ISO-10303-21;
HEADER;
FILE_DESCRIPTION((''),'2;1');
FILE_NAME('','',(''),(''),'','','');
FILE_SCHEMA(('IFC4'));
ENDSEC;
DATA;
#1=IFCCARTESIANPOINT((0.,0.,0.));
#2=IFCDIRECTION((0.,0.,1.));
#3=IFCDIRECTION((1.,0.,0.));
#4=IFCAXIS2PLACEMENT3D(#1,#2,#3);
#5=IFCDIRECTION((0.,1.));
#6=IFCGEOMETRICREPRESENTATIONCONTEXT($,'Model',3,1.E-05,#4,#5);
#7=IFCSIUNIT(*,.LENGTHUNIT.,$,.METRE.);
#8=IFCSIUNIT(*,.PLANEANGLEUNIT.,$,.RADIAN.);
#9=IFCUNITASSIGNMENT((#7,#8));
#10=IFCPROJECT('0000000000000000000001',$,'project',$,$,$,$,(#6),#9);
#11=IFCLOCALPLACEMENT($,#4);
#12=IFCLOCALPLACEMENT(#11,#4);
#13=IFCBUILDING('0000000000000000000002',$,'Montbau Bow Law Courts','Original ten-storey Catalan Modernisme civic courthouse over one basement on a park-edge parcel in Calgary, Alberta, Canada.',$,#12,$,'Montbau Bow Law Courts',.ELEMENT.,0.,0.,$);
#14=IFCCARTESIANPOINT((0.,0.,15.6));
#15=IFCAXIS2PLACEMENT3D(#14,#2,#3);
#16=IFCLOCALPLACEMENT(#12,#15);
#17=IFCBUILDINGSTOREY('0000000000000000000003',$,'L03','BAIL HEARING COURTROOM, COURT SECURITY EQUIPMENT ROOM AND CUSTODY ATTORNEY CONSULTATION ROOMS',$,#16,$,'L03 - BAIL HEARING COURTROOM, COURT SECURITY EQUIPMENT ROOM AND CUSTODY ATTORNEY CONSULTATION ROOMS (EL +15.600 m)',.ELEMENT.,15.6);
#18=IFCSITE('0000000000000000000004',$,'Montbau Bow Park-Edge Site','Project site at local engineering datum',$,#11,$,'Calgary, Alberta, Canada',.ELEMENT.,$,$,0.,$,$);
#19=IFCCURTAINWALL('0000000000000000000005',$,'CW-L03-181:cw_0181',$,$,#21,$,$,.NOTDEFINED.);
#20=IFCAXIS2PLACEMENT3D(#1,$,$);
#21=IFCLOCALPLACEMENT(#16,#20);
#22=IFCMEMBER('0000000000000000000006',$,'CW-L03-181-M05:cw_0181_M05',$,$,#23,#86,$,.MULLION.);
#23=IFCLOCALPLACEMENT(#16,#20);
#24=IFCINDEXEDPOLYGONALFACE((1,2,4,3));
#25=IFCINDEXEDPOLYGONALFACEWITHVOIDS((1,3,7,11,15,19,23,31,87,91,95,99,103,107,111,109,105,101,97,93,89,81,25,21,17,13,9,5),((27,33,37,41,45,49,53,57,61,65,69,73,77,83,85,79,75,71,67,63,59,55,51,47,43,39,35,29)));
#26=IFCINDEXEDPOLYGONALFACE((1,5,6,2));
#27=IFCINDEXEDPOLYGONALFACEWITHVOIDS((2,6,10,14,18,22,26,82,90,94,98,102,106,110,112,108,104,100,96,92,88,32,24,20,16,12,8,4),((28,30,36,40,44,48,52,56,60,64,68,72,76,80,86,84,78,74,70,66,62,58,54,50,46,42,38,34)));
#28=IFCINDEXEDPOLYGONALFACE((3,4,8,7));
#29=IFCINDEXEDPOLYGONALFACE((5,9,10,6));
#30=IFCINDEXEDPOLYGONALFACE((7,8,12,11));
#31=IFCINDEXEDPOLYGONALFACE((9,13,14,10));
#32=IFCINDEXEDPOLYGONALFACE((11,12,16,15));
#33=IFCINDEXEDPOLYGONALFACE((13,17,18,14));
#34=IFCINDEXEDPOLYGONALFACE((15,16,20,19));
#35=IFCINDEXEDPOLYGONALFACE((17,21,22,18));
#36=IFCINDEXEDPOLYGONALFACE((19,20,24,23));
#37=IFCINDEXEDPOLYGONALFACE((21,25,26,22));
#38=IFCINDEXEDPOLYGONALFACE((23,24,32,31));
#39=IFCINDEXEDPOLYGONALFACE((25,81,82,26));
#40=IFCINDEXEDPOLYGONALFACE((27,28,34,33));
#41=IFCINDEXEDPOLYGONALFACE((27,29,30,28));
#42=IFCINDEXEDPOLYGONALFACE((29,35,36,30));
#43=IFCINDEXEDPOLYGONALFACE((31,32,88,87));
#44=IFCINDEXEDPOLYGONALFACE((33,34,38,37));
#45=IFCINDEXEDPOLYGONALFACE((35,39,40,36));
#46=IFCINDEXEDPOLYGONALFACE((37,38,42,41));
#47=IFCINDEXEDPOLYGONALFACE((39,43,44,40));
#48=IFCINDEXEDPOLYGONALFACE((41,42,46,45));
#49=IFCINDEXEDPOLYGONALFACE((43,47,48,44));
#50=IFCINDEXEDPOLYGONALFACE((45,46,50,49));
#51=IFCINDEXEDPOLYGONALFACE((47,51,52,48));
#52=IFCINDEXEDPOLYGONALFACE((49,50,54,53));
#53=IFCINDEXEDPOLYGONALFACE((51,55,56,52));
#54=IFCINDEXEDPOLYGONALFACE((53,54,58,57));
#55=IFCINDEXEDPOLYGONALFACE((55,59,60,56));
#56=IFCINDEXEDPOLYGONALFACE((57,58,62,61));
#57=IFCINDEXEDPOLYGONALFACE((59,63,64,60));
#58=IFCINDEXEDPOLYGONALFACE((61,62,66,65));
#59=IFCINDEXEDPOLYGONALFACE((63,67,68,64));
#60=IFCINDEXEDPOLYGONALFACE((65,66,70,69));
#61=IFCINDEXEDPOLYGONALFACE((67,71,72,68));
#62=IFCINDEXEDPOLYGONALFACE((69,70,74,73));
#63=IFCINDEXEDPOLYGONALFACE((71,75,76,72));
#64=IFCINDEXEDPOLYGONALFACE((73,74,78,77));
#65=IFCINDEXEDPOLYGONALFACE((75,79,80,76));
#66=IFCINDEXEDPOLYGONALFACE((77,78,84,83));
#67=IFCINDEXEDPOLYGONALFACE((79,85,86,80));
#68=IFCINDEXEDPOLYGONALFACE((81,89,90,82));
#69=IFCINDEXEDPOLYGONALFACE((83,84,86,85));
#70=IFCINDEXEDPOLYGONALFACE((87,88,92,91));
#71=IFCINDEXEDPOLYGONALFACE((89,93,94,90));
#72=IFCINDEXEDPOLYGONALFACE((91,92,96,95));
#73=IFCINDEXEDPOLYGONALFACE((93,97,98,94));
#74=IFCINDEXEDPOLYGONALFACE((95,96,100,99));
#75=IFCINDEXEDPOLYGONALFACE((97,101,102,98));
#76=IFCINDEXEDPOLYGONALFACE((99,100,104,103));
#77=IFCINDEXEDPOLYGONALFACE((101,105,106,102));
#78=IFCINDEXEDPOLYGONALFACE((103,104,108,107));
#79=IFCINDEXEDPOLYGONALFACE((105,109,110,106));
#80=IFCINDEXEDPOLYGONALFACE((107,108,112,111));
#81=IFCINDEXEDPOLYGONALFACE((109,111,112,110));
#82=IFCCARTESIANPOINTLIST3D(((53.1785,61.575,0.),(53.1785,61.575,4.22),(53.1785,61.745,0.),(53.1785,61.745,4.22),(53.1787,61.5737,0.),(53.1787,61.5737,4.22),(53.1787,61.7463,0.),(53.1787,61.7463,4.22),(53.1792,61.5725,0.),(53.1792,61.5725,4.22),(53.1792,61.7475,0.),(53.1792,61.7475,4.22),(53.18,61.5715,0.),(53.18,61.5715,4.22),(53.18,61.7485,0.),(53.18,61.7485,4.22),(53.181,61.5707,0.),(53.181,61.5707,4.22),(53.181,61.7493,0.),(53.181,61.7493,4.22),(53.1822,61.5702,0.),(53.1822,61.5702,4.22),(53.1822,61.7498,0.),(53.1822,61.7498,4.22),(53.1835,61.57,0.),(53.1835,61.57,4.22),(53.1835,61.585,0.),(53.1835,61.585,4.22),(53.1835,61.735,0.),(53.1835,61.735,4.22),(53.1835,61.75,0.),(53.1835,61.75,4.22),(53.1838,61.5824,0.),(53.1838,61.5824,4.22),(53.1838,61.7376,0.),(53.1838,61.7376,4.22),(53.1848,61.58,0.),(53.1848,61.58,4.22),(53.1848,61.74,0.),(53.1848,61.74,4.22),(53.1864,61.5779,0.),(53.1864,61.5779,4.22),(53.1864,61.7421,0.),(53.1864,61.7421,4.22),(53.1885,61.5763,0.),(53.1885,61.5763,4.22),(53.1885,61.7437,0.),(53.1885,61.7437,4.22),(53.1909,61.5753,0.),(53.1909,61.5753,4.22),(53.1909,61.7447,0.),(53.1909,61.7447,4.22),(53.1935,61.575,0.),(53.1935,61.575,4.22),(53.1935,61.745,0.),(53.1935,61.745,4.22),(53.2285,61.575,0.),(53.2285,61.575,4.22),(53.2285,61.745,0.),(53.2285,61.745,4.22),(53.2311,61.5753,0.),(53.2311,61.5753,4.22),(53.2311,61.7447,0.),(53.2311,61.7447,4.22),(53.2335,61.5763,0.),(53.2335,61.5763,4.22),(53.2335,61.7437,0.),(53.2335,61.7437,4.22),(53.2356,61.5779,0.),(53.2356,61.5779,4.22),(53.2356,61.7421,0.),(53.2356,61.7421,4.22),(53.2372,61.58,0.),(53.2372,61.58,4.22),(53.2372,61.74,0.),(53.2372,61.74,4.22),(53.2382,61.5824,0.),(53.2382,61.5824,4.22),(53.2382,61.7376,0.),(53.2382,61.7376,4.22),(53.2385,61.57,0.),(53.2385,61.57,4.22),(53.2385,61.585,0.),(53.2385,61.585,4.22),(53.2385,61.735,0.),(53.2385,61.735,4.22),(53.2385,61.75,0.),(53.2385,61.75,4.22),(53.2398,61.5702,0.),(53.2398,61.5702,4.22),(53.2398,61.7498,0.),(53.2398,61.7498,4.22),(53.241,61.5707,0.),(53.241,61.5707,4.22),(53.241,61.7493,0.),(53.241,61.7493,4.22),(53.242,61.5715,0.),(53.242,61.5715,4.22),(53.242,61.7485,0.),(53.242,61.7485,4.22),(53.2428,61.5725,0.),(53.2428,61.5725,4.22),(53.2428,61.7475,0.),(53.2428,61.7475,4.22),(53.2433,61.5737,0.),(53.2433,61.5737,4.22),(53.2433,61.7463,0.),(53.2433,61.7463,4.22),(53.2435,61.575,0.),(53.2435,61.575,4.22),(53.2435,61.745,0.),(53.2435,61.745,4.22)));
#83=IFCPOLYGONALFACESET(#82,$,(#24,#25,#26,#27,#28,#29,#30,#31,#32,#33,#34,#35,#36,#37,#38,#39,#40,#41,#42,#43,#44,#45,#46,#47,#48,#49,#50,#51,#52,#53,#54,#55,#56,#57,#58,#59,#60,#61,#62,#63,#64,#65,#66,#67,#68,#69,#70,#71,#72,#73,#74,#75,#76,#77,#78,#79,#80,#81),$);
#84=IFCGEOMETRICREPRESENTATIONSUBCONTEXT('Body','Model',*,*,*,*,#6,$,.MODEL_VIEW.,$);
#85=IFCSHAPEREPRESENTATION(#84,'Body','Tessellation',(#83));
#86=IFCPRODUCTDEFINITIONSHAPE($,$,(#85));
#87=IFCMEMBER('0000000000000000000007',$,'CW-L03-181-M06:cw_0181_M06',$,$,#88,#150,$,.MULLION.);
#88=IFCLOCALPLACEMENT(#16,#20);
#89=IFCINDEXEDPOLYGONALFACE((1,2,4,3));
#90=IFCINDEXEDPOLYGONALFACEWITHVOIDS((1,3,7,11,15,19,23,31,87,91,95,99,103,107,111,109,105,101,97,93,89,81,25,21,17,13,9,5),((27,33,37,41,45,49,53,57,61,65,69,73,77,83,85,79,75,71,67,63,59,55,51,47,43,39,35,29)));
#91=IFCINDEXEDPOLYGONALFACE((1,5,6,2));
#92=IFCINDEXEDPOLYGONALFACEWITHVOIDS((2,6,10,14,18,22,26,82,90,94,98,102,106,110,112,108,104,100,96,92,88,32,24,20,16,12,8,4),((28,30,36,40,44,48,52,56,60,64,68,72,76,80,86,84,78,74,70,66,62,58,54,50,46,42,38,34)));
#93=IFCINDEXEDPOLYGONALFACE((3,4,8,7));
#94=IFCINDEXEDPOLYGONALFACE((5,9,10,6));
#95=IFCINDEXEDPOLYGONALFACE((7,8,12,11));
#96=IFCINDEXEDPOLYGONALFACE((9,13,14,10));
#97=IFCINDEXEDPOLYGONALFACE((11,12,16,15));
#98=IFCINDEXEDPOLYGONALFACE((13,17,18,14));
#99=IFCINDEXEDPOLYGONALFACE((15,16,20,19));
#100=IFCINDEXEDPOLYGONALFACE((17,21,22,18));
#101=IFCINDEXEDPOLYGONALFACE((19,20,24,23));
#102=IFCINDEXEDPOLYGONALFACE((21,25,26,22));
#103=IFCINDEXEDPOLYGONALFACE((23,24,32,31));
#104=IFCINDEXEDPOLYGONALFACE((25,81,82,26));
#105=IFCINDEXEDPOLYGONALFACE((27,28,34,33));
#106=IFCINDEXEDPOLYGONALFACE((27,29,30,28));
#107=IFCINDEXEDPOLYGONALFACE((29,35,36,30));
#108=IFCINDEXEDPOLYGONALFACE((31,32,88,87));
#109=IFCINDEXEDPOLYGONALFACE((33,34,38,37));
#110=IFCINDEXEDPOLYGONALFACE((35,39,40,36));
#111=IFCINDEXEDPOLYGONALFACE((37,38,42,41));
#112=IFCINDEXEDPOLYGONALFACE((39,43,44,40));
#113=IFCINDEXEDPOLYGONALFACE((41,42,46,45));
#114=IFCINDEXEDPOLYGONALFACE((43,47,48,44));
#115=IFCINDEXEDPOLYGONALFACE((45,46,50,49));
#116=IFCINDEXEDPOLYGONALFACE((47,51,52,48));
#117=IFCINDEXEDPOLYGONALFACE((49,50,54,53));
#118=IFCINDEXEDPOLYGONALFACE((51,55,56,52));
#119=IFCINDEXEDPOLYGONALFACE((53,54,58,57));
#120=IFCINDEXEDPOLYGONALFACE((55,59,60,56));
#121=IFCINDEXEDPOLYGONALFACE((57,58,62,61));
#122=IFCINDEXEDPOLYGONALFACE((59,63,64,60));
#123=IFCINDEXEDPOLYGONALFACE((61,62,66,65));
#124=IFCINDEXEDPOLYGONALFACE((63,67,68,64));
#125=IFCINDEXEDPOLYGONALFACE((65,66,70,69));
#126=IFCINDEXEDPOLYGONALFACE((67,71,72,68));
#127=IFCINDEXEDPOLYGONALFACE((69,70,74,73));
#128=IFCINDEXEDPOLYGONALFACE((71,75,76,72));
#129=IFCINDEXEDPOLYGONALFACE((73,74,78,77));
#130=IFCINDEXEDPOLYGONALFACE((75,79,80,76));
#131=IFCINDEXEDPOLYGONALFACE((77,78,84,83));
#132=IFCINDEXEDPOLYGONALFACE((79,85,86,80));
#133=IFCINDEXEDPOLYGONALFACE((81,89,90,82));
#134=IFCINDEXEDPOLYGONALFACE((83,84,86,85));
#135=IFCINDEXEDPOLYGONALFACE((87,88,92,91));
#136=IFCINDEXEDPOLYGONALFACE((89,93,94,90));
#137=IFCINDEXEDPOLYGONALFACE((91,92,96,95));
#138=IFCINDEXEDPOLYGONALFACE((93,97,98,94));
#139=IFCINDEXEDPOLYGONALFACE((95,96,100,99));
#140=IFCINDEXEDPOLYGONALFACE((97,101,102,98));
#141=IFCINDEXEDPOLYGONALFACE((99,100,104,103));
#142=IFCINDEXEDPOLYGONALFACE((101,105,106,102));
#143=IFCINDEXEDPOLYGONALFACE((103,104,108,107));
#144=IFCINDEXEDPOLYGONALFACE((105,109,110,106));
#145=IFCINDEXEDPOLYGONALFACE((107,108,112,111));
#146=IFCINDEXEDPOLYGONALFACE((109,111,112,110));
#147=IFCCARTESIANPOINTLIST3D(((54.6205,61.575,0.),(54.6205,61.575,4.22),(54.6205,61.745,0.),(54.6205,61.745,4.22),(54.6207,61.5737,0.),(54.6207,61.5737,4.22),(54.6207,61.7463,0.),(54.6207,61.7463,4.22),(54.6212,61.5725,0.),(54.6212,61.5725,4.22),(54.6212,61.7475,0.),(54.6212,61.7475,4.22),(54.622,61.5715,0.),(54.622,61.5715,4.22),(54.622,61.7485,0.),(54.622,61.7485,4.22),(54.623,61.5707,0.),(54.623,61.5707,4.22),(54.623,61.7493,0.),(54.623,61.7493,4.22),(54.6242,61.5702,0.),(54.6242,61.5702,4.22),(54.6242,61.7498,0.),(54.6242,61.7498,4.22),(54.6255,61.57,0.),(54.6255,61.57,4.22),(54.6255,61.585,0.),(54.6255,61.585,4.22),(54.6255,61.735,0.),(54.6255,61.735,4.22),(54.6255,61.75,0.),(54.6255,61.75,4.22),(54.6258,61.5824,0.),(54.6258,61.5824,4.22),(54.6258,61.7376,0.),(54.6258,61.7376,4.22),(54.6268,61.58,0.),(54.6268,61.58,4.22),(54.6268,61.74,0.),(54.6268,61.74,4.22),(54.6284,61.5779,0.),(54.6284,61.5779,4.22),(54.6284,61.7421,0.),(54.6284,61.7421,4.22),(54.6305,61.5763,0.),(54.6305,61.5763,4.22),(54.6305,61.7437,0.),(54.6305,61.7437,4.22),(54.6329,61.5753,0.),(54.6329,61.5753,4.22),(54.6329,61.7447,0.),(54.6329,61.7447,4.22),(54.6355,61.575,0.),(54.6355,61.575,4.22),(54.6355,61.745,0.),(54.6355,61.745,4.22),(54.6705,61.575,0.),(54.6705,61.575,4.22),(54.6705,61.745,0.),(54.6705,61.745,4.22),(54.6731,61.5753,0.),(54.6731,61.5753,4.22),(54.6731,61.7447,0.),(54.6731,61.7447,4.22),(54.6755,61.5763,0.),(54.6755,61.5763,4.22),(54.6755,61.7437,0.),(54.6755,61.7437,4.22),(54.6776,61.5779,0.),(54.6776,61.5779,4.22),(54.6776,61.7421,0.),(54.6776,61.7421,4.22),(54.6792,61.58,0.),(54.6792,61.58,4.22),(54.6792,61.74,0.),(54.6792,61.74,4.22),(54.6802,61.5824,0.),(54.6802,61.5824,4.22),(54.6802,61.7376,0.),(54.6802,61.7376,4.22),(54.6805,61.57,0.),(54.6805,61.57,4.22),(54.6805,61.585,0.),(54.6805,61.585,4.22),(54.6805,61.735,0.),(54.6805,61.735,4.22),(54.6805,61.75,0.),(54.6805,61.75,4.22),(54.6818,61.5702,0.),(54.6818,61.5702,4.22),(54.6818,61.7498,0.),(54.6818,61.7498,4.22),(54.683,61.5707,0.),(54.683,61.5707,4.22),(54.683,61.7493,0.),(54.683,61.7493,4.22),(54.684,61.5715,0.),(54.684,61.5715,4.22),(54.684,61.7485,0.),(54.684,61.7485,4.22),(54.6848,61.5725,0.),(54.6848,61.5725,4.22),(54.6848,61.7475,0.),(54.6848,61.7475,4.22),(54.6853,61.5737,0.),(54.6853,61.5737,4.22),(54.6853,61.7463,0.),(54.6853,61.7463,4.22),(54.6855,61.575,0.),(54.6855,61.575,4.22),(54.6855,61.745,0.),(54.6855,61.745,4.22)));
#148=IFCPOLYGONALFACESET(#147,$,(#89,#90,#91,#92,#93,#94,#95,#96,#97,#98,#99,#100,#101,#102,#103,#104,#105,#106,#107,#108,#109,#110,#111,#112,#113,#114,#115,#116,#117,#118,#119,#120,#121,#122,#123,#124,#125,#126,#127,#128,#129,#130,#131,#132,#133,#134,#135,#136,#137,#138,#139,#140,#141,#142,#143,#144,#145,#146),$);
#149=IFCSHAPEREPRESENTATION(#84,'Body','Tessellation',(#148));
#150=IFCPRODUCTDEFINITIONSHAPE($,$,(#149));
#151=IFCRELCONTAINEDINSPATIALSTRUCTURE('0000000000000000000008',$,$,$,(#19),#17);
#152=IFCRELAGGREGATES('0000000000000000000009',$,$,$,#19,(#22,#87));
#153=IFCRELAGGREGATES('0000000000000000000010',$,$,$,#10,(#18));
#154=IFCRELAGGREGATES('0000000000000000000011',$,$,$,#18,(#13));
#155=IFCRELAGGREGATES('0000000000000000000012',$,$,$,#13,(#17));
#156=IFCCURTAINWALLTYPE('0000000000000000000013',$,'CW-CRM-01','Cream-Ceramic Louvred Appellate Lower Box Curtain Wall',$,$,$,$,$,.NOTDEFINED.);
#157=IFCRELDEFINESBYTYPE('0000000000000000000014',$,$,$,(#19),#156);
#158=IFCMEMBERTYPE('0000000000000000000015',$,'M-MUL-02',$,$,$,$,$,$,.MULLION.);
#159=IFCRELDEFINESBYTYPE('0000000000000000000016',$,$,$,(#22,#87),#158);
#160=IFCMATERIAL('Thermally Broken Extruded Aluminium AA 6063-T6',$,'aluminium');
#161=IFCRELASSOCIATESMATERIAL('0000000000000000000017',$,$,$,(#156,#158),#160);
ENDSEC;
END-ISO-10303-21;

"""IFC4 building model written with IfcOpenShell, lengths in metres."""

from ifc_helpers import new_model, si_unit, direction, frame, origin_with_axes, origin_2d_with_axis, place, context, subcontext, project, spatial, hollow_rectangle, extrude, material, material_profile, profile_set, type_object, element, aggregate, save


model = new_model("IFC4")

# Units and contexts
model_context = context("Model", 3, precision=1e-05, world=origin_with_axes(), true_north=direction((0.0, 1.0)))
body_context = subcontext(model_context, "Body", "Model", "MODEL_VIEW")
ifc_project = project(units=[si_unit("LENGTHUNIT", "METRE"), si_unit("PLANEANGLEUNIT", "RADIAN")], contexts=[model_context])

# Site, building, storey
site_placement = place(None, origin_with_axes())
site = spatial("IfcSite", under=ifc_project, at=site_placement, Name="Montbau Bow Park-Edge Site", Description="Project site at local engineering datum", LongName="Calgary, Alberta, Canada", CompositionType="ELEMENT", RefElevation=0.0)
building_placement = place(site_placement, origin_with_axes())
building = spatial("IfcBuilding", under=site, at=building_placement, Name="Montbau Bow Law Courts", Description="Original ten-storey Catalan Modernisme civic courthouse over one basement on a park-edge parcel in Calgary, Alberta, Canada.", LongName="Montbau Bow Law Courts", CompositionType="ELEMENT", ElevationOfRefHeight=0.0, ElevationOfTerrain=0.0)
storey_placement = place(building_placement, frame((0.0, 0.0, 15.6), z_axis=(0.0, 0.0, 1.0), x_axis=(1.0, 0.0, 0.0)))
storey = spatial("IfcBuildingStorey", under=building, at=storey_placement, Name="L03", Description="BAIL HEARING COURTROOM, COURT SECURITY EQUIPMENT ROOM AND CUSTODY ATTORNEY CONSULTATION ROOMS", LongName="L03 - BAIL HEARING COURTROOM, COURT SECURITY EQUIPMENT ROOM AND CUSTODY ATTORNEY CONSULTATION ROOMS (EL +15.600 m)", CompositionType="ELEMENT", Elevation=15.6)

# Curtain wall, members
ifc_material_1 = material(Name="Thermally Broken Extruded Aluminium AA 6063-T6", Category="aluminium")
curtain_wall_type = type_object("IfcCurtainWallType", Name="CW-CRM-01", Description="Cream-Ceramic Louvred Appellate Lower Box Curtain Wall", PredefinedType="NOTDEFINED", material=ifc_material_1)
curtain_wall_1_placement = place(None, frame((47.315, 61.66, 15.6), z_axis=(0.0, 0.0, 1.0), x_axis=(1.0, 0.0, 0.0)))
curtain_wall_1 = element("IfcCurtainWall", 1, at=curtain_wall_1_placement, inside=storey, type_object=curtain_wall_type, Name="CW-L03-181:cw_0181", PredefinedType="NOTDEFINED")
ifc_material_profile_1 = material_profile(ifc_material_1, hollow_rectangle(XDim=0.065, YDim=0.18, WallThickness=0.005, InnerFilletRadius=0.01, OuterFilletRadius=0.005, at=origin_2d_with_axis()), Name="CWM-180X65", Category="Main", Priority=0)
ifc_profile_set_1 = profile_set([ifc_material_profile_1], Name="Thermally Broken Extruded Aluminium AA 6063-T6")
member_type_1 = type_object("IfcMemberType", Name="M-MUL-02", PredefinedType="MULLION", material=ifc_profile_set_1)
member_1_placement = place(None, frame((53.211, 61.66, 15.6), z_axis=(0.0, 0.0, 1.0), x_axis=(1.0, 0.0, 0.0)))
member_1 = element("IfcMember", 2, at=member_1_placement, type_object=member_type_1, Name="CW-L03-181-M05:cw_0181_M05", PredefinedType="MULLION", context=body_context, shape_type="SweptSolid", body=[
    extrude(hollow_rectangle(XDim=0.065, YDim=0.18, WallThickness=0.005, InnerFilletRadius=0.01, OuterFilletRadius=0.005, at=origin_2d_with_axis()), origin_with_axes(), (0.0, 0.0, 1.0), 4.22),
])
member_2_placement = place(None, frame((54.653, 61.66, 15.6), z_axis=(0.0, 0.0, 1.0), x_axis=(1.0, 0.0, 0.0)))
member_2 = element("IfcMember", 3, at=member_2_placement, type_object=member_type_1, Name="CW-L03-181-M06:cw_0181_M06", PredefinedType="MULLION", context=body_context, shape_type="SweptSolid", body=[
    extrude(hollow_rectangle(XDim=0.065, YDim=0.18, WallThickness=0.005, InnerFilletRadius=0.01, OuterFilletRadius=0.005, at=origin_2d_with_axis()), origin_with_axes(), (0.0, 0.0, 1.0), 4.22),
])

aggregate(curtain_wall_1, [member_1, member_2])

save(model, "model.ifc")
